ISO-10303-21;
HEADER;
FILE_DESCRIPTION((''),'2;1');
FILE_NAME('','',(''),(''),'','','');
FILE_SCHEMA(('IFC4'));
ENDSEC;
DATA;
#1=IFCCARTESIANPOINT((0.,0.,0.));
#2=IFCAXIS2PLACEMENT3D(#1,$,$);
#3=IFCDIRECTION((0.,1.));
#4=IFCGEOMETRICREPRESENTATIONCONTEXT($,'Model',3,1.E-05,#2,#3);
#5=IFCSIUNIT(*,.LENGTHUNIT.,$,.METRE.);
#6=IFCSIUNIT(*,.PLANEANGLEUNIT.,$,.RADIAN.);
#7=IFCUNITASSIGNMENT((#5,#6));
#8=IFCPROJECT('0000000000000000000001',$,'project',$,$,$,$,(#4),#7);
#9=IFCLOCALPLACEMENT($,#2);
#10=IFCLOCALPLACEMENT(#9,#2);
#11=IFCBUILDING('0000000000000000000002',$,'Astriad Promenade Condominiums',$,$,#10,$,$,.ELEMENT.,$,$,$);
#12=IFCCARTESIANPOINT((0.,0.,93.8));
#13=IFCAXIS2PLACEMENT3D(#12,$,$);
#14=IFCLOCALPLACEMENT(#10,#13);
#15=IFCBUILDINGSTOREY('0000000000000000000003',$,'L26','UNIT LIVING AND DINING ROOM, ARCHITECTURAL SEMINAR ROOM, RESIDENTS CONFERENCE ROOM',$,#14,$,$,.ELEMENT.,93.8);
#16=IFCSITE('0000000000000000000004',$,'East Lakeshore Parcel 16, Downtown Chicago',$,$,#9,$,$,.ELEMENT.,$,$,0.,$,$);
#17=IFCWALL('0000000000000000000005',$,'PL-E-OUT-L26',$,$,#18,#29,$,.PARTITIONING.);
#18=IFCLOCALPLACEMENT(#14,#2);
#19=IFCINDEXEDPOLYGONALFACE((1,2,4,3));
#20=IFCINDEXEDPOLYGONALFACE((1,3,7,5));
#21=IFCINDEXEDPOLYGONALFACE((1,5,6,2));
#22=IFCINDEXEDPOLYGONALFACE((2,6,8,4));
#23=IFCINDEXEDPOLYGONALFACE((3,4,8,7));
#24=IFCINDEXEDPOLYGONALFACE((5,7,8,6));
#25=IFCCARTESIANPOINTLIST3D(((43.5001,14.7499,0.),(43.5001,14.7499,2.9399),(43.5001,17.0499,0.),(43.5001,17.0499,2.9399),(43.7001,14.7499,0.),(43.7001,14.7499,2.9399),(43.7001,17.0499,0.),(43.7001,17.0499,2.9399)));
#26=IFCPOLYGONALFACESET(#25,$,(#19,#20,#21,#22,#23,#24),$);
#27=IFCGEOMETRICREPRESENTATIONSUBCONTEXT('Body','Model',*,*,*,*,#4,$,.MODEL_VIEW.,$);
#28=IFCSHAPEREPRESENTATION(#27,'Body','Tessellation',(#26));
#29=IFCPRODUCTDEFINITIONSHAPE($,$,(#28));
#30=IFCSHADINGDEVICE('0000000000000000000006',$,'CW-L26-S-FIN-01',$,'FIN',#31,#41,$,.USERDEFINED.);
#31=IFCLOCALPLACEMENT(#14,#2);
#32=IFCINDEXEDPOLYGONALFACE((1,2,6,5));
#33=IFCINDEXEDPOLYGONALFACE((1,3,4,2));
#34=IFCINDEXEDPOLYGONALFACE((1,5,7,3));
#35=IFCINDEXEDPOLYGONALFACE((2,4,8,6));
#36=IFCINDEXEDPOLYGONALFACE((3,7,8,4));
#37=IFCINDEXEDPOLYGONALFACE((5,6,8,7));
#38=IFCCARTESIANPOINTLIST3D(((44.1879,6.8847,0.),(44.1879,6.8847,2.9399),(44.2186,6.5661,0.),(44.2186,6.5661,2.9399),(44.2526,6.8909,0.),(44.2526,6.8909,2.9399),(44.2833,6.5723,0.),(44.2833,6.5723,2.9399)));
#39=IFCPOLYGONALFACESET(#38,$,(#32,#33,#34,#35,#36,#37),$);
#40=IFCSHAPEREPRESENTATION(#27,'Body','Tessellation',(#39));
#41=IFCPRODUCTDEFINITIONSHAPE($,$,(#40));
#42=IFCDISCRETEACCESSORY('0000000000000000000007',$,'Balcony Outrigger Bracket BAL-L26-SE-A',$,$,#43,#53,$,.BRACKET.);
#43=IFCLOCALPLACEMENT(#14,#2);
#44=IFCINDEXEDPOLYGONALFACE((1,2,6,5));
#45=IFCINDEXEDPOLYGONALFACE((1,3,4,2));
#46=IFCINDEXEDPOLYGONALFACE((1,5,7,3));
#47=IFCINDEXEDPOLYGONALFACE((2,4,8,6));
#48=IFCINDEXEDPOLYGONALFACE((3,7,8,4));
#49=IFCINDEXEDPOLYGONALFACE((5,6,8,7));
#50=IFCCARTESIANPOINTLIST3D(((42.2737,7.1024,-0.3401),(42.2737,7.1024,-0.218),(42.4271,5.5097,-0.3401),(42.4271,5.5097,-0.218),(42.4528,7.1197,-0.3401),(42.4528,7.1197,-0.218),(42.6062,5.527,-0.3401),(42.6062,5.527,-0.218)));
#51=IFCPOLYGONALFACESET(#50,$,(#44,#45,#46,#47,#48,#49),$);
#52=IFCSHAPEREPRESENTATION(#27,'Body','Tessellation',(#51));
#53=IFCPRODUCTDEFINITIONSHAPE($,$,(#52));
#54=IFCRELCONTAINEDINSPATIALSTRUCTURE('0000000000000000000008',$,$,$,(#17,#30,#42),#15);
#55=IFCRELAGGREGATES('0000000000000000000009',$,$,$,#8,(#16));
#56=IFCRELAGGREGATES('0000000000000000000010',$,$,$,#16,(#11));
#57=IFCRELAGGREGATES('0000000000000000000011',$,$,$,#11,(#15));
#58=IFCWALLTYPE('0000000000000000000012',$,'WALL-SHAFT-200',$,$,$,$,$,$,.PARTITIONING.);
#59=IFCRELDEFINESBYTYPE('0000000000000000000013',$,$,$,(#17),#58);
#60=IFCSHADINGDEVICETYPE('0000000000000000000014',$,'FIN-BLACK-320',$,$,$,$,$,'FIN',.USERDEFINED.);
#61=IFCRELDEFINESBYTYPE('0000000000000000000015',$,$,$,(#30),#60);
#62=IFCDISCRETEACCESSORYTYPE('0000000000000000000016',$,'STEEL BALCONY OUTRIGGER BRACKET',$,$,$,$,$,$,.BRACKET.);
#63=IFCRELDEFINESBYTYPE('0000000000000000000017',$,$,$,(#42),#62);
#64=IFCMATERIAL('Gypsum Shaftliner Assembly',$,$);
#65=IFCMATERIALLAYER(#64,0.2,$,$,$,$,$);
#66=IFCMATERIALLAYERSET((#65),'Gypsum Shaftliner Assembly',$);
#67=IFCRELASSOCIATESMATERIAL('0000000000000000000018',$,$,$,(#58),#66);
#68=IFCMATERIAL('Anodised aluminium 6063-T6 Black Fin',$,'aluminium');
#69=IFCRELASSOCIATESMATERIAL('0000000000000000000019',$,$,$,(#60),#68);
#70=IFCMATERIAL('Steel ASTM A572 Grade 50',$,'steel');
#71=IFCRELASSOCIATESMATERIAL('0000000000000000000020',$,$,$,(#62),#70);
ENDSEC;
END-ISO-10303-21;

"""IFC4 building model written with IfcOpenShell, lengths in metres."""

from ifc_helpers import new_model, si_unit, direction, frame, frame_2d, origin, origin_2d, place, context, subcontext, project, spatial, rectangle, extrude, source, transform, mapped, material, layer, layer_set, type_object, type_shapes, element, save


model = new_model("IFC4")

# Units and contexts
model_context = context("Model", 3, precision=1e-05, world=origin(), true_north=direction((0.0, 1.0)))
body_context = subcontext(model_context, "Body", "Model", "MODEL_VIEW")
ifc_project = project(units=[si_unit("LENGTHUNIT", "METRE"), si_unit("PLANEANGLEUNIT", "RADIAN")], contexts=[model_context])

# Site, building, storey
site_placement = place(None, origin())
site = spatial("IfcSite", under=ifc_project, at=site_placement, Name="East Lakeshore Parcel 16, Downtown Chicago", CompositionType="ELEMENT", RefElevation=0.0)
building_placement = place(site_placement, origin())
building = spatial("IfcBuilding", under=site, at=building_placement, Name="Astriad Promenade Condominiums", CompositionType="ELEMENT")
storey_placement = place(building_placement, frame((0.0, 0.0, 93.8)))
storey = spatial("IfcBuildingStorey", under=building, at=storey_placement, Name="L26", Description="UNIT LIVING AND DINING ROOM, ARCHITECTURAL SEMINAR ROOM, RESIDENTS CONFERENCE ROOM", CompositionType="ELEMENT", Elevation=93.8)

# Wall
ifc_material_1 = material(Name="Gypsum Shaftliner Assembly")
ifc_layer_1 = layer(ifc_material_1, 0.2)
ifc_layer_set_1 = layer_set([ifc_layer_1], Name="Gypsum Shaftliner Assembly")
wall_type_1 = type_object("IfcWallType", Name="WALL-SHAFT-200", PredefinedType="PARTITIONING", material=ifc_layer_set_1)
wall_1_placement = place(storey_placement, frame((43.6001, 14.75, 0.0), z_axis=(0.0, 0.0, 1.0), x_axis=(0.0, 1.0, 0.0)))
element("IfcWall", 1, at=wall_1_placement, inside=storey, type_object=wall_type_1, Name="PL-E-OUT-L26", PredefinedType="PARTITIONING", context=body_context, shape_type="SweptSolid", body=[
    extrude(rectangle(XDim=2.3, YDim=0.2, at=frame_2d((1.1499, 0.0))), origin(), (0.0, 0.0, 1.0), 2.9399),
])

# Shading device
ifc_material_2 = material(Name="Anodised aluminium 6063-T6 Black Fin", Category="aluminium")
shading_device_type = type_object("IfcShadingDeviceType", Name="FIN-BLACK-320", ElementType="FIN", PredefinedType="USERDEFINED", material=ifc_material_2)
shared_shape_1 = source(origin(), body_context, "Body", "SweptSolid", [
    extrude(rectangle(XDim=0.0649, YDim=0.3201, at=origin_2d()), origin(), (0.0, 0.0, 1.0), 2.9399),
])
type_shapes(shading_device_type, [shared_shape_1])
shading_device_placement = place(storey_placement, frame((44.2356, 6.7285, 0.0), z_axis=(0.0, 0.0, 1.0), x_axis=(-0.995396, -0.095846, 0.0)))
element("IfcShadingDevice", 2, at=shading_device_placement, inside=storey, type_object=shading_device_type, Name="CW-L26-S-FIN-01", ObjectType="FIN", PredefinedType="USERDEFINED", context=body_context, shape_type="MappedRepresentation", body=[
    mapped(shared_shape_1, transform((0.0, 0.0, 0.0), scale=1.0)),
])

# Discrete accessory
ifc_material_3 = material(Name="Steel ASTM A572 Grade 50", Category="steel")
discrete_accessory_type = type_object("IfcDiscreteAccessoryType", Name="STEEL BALCONY OUTRIGGER BRACKET", PredefinedType="BRACKET", material=ifc_material_3)
shared_shape_2 = source(origin(), body_context, "Body", "SweptSolid", [
    extrude(rectangle(XDim=1.6001, YDim=0.1799, at=origin_2d()), origin(), (0.0, 0.0, 1.0), 0.1221),
])
type_shapes(discrete_accessory_type, [shared_shape_2])
discrete_accessory_placement = place(storey_placement, frame((42.4399, 6.3147, -0.3401), z_axis=(0.0, 0.0, 1.0), x_axis=(0.095846, -0.995396, 0.0)))
element("IfcDiscreteAccessory", 3, at=discrete_accessory_placement, inside=storey, type_object=discrete_accessory_type, Name="Balcony Outrigger Bracket BAL-L26-SE-A", PredefinedType="BRACKET", context=body_context, shape_type="MappedRepresentation", body=[
    mapped(shared_shape_2, transform((0.0, 0.0, 0.0), scale=1.0)),
])

save(model, "model.ifc")
